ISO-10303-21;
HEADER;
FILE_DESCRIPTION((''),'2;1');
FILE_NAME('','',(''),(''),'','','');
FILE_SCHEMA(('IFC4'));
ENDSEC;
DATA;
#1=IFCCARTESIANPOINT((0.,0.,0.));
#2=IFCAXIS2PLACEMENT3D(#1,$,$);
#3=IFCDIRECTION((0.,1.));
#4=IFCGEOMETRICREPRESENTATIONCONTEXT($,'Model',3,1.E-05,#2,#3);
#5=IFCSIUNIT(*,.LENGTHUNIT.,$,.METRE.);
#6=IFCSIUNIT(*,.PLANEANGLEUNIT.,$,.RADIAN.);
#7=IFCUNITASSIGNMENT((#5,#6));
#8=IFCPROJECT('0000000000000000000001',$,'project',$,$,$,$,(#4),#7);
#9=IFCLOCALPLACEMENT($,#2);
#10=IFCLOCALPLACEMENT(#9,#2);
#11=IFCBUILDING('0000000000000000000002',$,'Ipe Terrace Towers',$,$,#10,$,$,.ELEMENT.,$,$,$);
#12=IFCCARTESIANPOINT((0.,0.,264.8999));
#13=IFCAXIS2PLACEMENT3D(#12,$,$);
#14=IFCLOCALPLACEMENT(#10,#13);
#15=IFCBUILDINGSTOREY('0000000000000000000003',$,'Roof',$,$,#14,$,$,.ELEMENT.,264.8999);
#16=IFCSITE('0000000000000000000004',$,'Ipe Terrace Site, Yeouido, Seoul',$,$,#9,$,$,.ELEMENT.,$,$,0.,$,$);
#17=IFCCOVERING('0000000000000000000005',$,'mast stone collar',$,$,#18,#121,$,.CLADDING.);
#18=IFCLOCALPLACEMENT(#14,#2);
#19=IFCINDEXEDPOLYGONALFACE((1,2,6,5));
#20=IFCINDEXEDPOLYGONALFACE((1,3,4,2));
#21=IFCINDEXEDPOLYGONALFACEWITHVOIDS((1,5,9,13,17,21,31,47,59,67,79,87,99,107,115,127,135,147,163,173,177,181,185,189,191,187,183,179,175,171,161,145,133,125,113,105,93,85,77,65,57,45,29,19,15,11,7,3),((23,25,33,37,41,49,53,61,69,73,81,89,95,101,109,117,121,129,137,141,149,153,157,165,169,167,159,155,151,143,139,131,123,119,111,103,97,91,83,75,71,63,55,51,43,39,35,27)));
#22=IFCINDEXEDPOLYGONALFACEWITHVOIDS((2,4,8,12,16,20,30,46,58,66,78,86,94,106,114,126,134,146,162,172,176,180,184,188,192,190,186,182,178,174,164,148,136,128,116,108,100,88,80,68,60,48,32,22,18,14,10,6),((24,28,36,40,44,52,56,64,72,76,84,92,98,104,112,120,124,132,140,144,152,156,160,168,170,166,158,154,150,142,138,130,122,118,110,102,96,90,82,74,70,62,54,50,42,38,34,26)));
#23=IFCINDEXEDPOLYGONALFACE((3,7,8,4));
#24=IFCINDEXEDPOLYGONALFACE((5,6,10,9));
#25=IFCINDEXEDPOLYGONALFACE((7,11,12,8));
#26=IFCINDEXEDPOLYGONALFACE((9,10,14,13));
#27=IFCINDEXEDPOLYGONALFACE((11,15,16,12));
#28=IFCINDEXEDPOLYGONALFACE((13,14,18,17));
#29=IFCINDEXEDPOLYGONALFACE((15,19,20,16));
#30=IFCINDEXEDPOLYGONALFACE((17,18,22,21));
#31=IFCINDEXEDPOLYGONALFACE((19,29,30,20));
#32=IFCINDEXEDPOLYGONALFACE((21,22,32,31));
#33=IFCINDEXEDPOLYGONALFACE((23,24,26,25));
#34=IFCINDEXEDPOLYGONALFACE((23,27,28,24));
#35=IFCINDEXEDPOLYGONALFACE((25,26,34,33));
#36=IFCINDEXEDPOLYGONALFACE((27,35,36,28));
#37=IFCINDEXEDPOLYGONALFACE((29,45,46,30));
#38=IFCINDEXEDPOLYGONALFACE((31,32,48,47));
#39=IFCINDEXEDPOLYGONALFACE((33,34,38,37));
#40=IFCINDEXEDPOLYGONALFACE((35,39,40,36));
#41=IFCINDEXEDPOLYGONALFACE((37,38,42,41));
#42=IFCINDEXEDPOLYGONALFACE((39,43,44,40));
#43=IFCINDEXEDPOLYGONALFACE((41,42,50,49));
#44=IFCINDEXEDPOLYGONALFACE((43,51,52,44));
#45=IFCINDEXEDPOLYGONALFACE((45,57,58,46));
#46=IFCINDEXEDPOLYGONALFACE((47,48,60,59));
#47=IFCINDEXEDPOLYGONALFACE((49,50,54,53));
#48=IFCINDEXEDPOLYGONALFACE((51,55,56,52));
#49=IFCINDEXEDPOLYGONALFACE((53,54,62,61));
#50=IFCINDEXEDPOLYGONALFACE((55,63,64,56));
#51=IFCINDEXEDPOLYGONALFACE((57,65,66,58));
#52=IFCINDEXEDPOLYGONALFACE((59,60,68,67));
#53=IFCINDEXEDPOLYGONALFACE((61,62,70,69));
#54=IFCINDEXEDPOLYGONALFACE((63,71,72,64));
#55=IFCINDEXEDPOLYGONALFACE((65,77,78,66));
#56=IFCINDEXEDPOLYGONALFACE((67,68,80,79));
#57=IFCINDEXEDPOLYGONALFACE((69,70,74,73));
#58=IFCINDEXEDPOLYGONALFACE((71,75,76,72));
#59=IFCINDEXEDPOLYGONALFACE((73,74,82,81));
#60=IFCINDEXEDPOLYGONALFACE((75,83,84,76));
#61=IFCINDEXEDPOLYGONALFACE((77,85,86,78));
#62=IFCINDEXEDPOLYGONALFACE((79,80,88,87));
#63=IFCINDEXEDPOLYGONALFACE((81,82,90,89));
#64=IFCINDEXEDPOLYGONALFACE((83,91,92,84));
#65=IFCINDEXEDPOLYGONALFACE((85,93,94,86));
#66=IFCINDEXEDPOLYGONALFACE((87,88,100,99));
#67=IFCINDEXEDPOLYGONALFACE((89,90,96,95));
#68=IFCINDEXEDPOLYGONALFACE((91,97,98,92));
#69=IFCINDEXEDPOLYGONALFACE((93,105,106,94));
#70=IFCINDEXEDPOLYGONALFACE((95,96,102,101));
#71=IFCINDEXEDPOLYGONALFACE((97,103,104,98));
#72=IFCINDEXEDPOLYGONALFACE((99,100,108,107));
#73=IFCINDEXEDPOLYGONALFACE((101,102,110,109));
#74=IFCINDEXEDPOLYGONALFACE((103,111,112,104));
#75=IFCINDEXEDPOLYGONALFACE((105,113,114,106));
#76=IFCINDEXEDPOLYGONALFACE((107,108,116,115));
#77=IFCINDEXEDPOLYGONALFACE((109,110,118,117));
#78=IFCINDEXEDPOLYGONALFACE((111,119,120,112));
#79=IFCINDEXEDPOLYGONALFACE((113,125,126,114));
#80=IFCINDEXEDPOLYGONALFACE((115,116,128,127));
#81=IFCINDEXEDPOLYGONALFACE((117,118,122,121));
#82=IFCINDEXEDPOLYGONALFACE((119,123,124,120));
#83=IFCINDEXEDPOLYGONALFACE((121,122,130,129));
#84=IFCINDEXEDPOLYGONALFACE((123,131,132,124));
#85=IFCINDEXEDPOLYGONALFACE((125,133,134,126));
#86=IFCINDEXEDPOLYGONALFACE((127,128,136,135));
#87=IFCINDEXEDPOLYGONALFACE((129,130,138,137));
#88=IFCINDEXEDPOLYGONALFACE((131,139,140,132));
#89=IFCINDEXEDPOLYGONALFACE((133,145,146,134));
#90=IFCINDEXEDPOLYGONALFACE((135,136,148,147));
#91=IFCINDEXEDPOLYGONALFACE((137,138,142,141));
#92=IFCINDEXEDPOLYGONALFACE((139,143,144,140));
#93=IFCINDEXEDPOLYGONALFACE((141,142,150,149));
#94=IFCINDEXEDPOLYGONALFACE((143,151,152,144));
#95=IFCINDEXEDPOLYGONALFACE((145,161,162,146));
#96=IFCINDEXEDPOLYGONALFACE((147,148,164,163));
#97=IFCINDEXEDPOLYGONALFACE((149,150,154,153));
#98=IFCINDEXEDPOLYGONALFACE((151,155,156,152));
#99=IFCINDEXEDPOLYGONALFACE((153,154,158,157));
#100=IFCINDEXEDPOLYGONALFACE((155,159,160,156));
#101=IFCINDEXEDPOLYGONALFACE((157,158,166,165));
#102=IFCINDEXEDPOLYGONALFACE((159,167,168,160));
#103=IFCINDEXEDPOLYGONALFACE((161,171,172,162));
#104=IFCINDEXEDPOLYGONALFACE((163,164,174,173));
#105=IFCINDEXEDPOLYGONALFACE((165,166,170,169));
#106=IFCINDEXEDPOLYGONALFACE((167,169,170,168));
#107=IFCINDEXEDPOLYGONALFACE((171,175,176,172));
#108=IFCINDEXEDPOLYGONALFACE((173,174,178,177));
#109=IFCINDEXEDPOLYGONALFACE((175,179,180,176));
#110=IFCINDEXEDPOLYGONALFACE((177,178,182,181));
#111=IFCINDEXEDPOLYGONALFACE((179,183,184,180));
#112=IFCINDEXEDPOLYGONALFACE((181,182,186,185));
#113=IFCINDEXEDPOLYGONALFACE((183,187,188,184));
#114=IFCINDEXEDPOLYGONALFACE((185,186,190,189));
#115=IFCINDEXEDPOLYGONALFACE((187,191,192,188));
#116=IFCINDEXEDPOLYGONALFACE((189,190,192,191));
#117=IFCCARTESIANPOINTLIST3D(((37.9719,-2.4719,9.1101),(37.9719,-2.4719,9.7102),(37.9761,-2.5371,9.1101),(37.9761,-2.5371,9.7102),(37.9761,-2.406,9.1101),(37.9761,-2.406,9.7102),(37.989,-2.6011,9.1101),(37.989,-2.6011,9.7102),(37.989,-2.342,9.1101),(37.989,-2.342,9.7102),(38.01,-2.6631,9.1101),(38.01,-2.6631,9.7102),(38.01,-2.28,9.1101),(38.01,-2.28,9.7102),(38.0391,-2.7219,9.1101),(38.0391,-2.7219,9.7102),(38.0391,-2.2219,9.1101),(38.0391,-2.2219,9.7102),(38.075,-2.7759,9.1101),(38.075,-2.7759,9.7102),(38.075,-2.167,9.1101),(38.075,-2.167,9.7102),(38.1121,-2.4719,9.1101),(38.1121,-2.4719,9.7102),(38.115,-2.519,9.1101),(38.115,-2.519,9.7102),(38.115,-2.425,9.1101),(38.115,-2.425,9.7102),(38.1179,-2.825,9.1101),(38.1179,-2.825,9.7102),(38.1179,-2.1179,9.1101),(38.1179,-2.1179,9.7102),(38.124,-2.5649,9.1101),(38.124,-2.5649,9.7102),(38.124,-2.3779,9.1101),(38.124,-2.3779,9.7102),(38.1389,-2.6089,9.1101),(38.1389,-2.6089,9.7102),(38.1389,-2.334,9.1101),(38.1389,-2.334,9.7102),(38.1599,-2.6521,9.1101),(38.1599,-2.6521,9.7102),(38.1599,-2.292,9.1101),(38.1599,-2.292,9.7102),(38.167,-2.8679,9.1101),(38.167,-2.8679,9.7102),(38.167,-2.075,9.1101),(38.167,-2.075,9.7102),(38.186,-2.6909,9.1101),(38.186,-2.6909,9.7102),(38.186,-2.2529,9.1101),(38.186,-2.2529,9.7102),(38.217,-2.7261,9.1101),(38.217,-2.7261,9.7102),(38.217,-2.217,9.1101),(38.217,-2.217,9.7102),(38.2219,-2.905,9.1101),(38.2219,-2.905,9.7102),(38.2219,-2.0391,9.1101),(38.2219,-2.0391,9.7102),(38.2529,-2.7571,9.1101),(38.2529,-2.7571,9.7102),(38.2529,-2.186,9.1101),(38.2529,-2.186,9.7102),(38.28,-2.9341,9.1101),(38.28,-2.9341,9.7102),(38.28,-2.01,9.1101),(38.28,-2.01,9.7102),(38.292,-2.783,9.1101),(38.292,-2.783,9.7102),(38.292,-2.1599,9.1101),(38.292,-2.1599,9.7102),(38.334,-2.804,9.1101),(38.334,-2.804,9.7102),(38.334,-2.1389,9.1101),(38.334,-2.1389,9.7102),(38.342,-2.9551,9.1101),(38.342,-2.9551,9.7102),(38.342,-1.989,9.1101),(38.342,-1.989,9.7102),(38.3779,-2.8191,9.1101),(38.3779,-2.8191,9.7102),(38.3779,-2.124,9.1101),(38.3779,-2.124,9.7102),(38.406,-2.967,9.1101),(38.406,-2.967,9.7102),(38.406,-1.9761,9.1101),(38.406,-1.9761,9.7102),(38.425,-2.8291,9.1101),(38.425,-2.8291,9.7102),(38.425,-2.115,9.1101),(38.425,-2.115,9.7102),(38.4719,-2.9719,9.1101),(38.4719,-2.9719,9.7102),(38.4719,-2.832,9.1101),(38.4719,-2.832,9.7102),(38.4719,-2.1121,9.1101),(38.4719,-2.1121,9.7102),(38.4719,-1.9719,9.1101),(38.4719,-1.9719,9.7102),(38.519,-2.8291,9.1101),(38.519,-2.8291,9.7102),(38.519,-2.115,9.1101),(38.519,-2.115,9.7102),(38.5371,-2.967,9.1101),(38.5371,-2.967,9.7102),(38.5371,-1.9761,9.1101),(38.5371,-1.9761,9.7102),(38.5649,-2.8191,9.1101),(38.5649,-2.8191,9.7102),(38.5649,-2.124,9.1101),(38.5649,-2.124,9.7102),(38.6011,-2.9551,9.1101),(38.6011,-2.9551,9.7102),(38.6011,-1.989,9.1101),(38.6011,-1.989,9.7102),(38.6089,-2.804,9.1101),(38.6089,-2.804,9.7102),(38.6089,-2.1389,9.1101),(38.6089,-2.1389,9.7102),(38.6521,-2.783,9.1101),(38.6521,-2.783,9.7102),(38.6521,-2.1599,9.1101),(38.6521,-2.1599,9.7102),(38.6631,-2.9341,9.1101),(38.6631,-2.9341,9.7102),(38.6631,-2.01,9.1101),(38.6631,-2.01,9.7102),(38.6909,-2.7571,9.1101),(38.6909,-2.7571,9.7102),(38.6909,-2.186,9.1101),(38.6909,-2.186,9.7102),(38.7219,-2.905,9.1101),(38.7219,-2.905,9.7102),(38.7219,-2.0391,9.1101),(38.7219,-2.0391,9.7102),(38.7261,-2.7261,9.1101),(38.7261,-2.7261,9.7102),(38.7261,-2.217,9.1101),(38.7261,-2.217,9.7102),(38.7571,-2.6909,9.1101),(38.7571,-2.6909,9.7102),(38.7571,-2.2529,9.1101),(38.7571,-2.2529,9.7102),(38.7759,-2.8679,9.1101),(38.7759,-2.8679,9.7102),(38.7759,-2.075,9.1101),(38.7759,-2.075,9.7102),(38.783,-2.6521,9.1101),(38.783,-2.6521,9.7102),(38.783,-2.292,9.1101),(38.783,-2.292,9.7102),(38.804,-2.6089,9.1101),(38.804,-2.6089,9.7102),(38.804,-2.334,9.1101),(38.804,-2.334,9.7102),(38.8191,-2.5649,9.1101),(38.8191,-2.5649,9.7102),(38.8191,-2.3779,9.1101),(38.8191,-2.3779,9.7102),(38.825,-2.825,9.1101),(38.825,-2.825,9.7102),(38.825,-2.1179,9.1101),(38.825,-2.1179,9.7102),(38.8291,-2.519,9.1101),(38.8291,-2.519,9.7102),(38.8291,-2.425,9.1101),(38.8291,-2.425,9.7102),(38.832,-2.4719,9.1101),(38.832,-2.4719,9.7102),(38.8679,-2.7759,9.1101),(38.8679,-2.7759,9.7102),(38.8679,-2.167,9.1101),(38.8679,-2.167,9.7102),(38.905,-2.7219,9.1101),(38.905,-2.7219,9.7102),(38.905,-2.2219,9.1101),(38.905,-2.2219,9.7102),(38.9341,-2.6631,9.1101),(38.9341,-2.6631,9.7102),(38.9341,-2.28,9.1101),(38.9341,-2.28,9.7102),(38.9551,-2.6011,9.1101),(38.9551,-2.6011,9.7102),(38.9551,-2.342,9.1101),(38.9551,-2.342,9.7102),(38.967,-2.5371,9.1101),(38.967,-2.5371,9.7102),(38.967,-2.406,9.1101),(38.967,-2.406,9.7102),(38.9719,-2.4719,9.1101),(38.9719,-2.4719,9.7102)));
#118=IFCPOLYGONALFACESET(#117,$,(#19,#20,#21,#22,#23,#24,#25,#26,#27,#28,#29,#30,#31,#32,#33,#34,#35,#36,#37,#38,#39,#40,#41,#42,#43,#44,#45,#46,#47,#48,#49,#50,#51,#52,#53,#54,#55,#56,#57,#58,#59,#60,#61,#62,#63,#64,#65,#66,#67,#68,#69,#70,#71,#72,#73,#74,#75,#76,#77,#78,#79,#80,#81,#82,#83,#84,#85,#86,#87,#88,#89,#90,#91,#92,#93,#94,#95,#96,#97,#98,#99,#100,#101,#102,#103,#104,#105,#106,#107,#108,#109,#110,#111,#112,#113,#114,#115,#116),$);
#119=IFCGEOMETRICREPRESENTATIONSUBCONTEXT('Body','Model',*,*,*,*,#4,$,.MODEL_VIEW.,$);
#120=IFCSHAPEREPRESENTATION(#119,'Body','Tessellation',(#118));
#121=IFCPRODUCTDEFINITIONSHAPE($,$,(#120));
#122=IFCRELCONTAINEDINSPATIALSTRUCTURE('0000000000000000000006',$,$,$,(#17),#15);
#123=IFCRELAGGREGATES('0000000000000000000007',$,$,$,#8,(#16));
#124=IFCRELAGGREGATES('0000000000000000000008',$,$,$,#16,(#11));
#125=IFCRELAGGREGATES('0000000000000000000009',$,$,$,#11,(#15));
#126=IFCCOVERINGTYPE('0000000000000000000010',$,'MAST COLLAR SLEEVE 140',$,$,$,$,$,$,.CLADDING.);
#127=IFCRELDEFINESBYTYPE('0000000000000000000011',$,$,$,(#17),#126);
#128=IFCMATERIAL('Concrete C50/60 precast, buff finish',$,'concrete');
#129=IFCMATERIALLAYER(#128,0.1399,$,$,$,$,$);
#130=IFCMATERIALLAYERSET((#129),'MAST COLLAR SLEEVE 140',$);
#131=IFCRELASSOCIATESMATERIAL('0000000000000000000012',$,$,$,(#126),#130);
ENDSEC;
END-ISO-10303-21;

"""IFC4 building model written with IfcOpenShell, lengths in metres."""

from ifc_helpers import new_model, si_unit, direction, frame, origin, place, context, subcontext, project, spatial, polyline, outline, extrude, material, layer, layer_set, type_object, element, save


model = new_model("IFC4")

# Units and contexts
model_context = context("Model", 3, precision=1e-05, world=origin(), true_north=direction((0.0, 1.0)))
body_context = subcontext(model_context, "Body", "Model", "MODEL_VIEW")
ifc_project = project(units=[si_unit("LENGTHUNIT", "METRE"), si_unit("PLANEANGLEUNIT", "RADIAN")], contexts=[model_context])

# Site, building, storey
site_placement = place(None, origin())
site = spatial("IfcSite", under=ifc_project, at=site_placement, Name="Ipe Terrace Site, Yeouido, Seoul", CompositionType="ELEMENT", RefElevation=0.0)
building_placement = place(site_placement, origin())
building = spatial("IfcBuilding", under=site, at=building_placement, Name="Ipe Terrace Towers", CompositionType="ELEMENT")
storey_placement = place(building_placement, frame((0.0, 0.0, 264.8999)))
storey = spatial("IfcBuildingStorey", under=building, at=storey_placement, Name="Roof", CompositionType="ELEMENT", Elevation=264.8999)

# Covering
ifc_material_1 = material(Name="Concrete C50/60 precast, buff finish", Category="concrete")
ifc_layer_1 = layer(ifc_material_1, 0.1399)
ifc_layer_set_1 = layer_set([ifc_layer_1], Name="MAST COLLAR SLEEVE 140")
covering_type_1 = type_object("IfcCoveringType", Name="MAST COLLAR SLEEVE 140", PredefinedType="CLADDING", material=ifc_layer_set_1)
covering_1_placement = place(storey_placement, frame((0.0, 0.0, 9.1101)))
element("IfcCovering", 1, at=covering_1_placement, inside=storey, type_object=covering_type_1, Name="mast stone collar", PredefinedType="CLADDING", context=body_context, shape_type="SweptSolid", body=[
    extrude(outline(polyline([(38.967, -2.5371), (38.9551, -2.6011), (38.9341, -2.6631), (38.905, -2.7219), (38.8679, -2.7759), (38.825, -2.825), (38.7759, -2.8679), (38.7219, -2.905), (38.6631, -2.9341), (38.6011, -2.9551), (38.5371, -2.967), (38.4719, -2.9719), (38.406, -2.967), (38.342, -2.9551), (38.28, -2.9341), (38.2219, -2.905), (38.167, -2.8679), (38.1179, -2.825), (38.075, -2.7759), (38.0391, -2.7219), (38.01, -2.6631), (37.989, -2.6011), (37.9761, -2.5371), (37.9719, -2.4719), (37.9761, -2.406), (37.989, -2.342), (38.01, -2.28), (38.0391, -2.2219), (38.075, -2.167), (38.1179, -2.1179), (38.167, -2.075), (38.2219, -2.0391), (38.28, -2.01), (38.342, -1.989), (38.406, -1.9761), (38.4719, -1.9719), (38.5371, -1.9761), (38.6011, -1.989), (38.6631, -2.01), (38.7219, -2.0391), (38.7759, -2.075), (38.825, -2.1179), (38.8679, -2.167), (38.905, -2.2219), (38.9341, -2.28), (38.9551, -2.342), (38.967, -2.406), (38.9719, -2.4719), (38.967, -2.5371)]), holes=[polyline([(38.8291, -2.425), (38.8191, -2.3779), (38.804, -2.334), (38.783, -2.292), (38.7571, -2.2529), (38.7261, -2.217), (38.6909, -2.186), (38.6521, -2.1599), (38.6089, -2.1389), (38.5649, -2.124), (38.519, -2.115), (38.4719, -2.1121), (38.425, -2.115), (38.3779, -2.124), (38.334, -2.1389), (38.292, -2.1599), (38.2529, -2.186), (38.217, -2.217), (38.186, -2.2529), (38.1599, -2.292), (38.1389, -2.334), (38.124, -2.3779), (38.115, -2.425), (38.1121, -2.4719), (38.115, -2.519), (38.124, -2.5649), (38.1389, -2.6089), (38.1599, -2.6521), (38.186, -2.6909), (38.217, -2.7261), (38.2529, -2.7571), (38.292, -2.783), (38.334, -2.804), (38.3779, -2.8191), (38.425, -2.8291), (38.4719, -2.832), (38.519, -2.8291), (38.5649, -2.8191), (38.6089, -2.804), (38.6521, -2.783), (38.6909, -2.7571), (38.7261, -2.7261), (38.7571, -2.6909), (38.783, -2.6521), (38.804, -2.6089), (38.8191, -2.5649), (38.8291, -2.519), (38.832, -2.4719), (38.8291, -2.425)])]), origin(), (0.0, 0.0, 1.0), 0.6001),
])

save(model, "model.ifc")
